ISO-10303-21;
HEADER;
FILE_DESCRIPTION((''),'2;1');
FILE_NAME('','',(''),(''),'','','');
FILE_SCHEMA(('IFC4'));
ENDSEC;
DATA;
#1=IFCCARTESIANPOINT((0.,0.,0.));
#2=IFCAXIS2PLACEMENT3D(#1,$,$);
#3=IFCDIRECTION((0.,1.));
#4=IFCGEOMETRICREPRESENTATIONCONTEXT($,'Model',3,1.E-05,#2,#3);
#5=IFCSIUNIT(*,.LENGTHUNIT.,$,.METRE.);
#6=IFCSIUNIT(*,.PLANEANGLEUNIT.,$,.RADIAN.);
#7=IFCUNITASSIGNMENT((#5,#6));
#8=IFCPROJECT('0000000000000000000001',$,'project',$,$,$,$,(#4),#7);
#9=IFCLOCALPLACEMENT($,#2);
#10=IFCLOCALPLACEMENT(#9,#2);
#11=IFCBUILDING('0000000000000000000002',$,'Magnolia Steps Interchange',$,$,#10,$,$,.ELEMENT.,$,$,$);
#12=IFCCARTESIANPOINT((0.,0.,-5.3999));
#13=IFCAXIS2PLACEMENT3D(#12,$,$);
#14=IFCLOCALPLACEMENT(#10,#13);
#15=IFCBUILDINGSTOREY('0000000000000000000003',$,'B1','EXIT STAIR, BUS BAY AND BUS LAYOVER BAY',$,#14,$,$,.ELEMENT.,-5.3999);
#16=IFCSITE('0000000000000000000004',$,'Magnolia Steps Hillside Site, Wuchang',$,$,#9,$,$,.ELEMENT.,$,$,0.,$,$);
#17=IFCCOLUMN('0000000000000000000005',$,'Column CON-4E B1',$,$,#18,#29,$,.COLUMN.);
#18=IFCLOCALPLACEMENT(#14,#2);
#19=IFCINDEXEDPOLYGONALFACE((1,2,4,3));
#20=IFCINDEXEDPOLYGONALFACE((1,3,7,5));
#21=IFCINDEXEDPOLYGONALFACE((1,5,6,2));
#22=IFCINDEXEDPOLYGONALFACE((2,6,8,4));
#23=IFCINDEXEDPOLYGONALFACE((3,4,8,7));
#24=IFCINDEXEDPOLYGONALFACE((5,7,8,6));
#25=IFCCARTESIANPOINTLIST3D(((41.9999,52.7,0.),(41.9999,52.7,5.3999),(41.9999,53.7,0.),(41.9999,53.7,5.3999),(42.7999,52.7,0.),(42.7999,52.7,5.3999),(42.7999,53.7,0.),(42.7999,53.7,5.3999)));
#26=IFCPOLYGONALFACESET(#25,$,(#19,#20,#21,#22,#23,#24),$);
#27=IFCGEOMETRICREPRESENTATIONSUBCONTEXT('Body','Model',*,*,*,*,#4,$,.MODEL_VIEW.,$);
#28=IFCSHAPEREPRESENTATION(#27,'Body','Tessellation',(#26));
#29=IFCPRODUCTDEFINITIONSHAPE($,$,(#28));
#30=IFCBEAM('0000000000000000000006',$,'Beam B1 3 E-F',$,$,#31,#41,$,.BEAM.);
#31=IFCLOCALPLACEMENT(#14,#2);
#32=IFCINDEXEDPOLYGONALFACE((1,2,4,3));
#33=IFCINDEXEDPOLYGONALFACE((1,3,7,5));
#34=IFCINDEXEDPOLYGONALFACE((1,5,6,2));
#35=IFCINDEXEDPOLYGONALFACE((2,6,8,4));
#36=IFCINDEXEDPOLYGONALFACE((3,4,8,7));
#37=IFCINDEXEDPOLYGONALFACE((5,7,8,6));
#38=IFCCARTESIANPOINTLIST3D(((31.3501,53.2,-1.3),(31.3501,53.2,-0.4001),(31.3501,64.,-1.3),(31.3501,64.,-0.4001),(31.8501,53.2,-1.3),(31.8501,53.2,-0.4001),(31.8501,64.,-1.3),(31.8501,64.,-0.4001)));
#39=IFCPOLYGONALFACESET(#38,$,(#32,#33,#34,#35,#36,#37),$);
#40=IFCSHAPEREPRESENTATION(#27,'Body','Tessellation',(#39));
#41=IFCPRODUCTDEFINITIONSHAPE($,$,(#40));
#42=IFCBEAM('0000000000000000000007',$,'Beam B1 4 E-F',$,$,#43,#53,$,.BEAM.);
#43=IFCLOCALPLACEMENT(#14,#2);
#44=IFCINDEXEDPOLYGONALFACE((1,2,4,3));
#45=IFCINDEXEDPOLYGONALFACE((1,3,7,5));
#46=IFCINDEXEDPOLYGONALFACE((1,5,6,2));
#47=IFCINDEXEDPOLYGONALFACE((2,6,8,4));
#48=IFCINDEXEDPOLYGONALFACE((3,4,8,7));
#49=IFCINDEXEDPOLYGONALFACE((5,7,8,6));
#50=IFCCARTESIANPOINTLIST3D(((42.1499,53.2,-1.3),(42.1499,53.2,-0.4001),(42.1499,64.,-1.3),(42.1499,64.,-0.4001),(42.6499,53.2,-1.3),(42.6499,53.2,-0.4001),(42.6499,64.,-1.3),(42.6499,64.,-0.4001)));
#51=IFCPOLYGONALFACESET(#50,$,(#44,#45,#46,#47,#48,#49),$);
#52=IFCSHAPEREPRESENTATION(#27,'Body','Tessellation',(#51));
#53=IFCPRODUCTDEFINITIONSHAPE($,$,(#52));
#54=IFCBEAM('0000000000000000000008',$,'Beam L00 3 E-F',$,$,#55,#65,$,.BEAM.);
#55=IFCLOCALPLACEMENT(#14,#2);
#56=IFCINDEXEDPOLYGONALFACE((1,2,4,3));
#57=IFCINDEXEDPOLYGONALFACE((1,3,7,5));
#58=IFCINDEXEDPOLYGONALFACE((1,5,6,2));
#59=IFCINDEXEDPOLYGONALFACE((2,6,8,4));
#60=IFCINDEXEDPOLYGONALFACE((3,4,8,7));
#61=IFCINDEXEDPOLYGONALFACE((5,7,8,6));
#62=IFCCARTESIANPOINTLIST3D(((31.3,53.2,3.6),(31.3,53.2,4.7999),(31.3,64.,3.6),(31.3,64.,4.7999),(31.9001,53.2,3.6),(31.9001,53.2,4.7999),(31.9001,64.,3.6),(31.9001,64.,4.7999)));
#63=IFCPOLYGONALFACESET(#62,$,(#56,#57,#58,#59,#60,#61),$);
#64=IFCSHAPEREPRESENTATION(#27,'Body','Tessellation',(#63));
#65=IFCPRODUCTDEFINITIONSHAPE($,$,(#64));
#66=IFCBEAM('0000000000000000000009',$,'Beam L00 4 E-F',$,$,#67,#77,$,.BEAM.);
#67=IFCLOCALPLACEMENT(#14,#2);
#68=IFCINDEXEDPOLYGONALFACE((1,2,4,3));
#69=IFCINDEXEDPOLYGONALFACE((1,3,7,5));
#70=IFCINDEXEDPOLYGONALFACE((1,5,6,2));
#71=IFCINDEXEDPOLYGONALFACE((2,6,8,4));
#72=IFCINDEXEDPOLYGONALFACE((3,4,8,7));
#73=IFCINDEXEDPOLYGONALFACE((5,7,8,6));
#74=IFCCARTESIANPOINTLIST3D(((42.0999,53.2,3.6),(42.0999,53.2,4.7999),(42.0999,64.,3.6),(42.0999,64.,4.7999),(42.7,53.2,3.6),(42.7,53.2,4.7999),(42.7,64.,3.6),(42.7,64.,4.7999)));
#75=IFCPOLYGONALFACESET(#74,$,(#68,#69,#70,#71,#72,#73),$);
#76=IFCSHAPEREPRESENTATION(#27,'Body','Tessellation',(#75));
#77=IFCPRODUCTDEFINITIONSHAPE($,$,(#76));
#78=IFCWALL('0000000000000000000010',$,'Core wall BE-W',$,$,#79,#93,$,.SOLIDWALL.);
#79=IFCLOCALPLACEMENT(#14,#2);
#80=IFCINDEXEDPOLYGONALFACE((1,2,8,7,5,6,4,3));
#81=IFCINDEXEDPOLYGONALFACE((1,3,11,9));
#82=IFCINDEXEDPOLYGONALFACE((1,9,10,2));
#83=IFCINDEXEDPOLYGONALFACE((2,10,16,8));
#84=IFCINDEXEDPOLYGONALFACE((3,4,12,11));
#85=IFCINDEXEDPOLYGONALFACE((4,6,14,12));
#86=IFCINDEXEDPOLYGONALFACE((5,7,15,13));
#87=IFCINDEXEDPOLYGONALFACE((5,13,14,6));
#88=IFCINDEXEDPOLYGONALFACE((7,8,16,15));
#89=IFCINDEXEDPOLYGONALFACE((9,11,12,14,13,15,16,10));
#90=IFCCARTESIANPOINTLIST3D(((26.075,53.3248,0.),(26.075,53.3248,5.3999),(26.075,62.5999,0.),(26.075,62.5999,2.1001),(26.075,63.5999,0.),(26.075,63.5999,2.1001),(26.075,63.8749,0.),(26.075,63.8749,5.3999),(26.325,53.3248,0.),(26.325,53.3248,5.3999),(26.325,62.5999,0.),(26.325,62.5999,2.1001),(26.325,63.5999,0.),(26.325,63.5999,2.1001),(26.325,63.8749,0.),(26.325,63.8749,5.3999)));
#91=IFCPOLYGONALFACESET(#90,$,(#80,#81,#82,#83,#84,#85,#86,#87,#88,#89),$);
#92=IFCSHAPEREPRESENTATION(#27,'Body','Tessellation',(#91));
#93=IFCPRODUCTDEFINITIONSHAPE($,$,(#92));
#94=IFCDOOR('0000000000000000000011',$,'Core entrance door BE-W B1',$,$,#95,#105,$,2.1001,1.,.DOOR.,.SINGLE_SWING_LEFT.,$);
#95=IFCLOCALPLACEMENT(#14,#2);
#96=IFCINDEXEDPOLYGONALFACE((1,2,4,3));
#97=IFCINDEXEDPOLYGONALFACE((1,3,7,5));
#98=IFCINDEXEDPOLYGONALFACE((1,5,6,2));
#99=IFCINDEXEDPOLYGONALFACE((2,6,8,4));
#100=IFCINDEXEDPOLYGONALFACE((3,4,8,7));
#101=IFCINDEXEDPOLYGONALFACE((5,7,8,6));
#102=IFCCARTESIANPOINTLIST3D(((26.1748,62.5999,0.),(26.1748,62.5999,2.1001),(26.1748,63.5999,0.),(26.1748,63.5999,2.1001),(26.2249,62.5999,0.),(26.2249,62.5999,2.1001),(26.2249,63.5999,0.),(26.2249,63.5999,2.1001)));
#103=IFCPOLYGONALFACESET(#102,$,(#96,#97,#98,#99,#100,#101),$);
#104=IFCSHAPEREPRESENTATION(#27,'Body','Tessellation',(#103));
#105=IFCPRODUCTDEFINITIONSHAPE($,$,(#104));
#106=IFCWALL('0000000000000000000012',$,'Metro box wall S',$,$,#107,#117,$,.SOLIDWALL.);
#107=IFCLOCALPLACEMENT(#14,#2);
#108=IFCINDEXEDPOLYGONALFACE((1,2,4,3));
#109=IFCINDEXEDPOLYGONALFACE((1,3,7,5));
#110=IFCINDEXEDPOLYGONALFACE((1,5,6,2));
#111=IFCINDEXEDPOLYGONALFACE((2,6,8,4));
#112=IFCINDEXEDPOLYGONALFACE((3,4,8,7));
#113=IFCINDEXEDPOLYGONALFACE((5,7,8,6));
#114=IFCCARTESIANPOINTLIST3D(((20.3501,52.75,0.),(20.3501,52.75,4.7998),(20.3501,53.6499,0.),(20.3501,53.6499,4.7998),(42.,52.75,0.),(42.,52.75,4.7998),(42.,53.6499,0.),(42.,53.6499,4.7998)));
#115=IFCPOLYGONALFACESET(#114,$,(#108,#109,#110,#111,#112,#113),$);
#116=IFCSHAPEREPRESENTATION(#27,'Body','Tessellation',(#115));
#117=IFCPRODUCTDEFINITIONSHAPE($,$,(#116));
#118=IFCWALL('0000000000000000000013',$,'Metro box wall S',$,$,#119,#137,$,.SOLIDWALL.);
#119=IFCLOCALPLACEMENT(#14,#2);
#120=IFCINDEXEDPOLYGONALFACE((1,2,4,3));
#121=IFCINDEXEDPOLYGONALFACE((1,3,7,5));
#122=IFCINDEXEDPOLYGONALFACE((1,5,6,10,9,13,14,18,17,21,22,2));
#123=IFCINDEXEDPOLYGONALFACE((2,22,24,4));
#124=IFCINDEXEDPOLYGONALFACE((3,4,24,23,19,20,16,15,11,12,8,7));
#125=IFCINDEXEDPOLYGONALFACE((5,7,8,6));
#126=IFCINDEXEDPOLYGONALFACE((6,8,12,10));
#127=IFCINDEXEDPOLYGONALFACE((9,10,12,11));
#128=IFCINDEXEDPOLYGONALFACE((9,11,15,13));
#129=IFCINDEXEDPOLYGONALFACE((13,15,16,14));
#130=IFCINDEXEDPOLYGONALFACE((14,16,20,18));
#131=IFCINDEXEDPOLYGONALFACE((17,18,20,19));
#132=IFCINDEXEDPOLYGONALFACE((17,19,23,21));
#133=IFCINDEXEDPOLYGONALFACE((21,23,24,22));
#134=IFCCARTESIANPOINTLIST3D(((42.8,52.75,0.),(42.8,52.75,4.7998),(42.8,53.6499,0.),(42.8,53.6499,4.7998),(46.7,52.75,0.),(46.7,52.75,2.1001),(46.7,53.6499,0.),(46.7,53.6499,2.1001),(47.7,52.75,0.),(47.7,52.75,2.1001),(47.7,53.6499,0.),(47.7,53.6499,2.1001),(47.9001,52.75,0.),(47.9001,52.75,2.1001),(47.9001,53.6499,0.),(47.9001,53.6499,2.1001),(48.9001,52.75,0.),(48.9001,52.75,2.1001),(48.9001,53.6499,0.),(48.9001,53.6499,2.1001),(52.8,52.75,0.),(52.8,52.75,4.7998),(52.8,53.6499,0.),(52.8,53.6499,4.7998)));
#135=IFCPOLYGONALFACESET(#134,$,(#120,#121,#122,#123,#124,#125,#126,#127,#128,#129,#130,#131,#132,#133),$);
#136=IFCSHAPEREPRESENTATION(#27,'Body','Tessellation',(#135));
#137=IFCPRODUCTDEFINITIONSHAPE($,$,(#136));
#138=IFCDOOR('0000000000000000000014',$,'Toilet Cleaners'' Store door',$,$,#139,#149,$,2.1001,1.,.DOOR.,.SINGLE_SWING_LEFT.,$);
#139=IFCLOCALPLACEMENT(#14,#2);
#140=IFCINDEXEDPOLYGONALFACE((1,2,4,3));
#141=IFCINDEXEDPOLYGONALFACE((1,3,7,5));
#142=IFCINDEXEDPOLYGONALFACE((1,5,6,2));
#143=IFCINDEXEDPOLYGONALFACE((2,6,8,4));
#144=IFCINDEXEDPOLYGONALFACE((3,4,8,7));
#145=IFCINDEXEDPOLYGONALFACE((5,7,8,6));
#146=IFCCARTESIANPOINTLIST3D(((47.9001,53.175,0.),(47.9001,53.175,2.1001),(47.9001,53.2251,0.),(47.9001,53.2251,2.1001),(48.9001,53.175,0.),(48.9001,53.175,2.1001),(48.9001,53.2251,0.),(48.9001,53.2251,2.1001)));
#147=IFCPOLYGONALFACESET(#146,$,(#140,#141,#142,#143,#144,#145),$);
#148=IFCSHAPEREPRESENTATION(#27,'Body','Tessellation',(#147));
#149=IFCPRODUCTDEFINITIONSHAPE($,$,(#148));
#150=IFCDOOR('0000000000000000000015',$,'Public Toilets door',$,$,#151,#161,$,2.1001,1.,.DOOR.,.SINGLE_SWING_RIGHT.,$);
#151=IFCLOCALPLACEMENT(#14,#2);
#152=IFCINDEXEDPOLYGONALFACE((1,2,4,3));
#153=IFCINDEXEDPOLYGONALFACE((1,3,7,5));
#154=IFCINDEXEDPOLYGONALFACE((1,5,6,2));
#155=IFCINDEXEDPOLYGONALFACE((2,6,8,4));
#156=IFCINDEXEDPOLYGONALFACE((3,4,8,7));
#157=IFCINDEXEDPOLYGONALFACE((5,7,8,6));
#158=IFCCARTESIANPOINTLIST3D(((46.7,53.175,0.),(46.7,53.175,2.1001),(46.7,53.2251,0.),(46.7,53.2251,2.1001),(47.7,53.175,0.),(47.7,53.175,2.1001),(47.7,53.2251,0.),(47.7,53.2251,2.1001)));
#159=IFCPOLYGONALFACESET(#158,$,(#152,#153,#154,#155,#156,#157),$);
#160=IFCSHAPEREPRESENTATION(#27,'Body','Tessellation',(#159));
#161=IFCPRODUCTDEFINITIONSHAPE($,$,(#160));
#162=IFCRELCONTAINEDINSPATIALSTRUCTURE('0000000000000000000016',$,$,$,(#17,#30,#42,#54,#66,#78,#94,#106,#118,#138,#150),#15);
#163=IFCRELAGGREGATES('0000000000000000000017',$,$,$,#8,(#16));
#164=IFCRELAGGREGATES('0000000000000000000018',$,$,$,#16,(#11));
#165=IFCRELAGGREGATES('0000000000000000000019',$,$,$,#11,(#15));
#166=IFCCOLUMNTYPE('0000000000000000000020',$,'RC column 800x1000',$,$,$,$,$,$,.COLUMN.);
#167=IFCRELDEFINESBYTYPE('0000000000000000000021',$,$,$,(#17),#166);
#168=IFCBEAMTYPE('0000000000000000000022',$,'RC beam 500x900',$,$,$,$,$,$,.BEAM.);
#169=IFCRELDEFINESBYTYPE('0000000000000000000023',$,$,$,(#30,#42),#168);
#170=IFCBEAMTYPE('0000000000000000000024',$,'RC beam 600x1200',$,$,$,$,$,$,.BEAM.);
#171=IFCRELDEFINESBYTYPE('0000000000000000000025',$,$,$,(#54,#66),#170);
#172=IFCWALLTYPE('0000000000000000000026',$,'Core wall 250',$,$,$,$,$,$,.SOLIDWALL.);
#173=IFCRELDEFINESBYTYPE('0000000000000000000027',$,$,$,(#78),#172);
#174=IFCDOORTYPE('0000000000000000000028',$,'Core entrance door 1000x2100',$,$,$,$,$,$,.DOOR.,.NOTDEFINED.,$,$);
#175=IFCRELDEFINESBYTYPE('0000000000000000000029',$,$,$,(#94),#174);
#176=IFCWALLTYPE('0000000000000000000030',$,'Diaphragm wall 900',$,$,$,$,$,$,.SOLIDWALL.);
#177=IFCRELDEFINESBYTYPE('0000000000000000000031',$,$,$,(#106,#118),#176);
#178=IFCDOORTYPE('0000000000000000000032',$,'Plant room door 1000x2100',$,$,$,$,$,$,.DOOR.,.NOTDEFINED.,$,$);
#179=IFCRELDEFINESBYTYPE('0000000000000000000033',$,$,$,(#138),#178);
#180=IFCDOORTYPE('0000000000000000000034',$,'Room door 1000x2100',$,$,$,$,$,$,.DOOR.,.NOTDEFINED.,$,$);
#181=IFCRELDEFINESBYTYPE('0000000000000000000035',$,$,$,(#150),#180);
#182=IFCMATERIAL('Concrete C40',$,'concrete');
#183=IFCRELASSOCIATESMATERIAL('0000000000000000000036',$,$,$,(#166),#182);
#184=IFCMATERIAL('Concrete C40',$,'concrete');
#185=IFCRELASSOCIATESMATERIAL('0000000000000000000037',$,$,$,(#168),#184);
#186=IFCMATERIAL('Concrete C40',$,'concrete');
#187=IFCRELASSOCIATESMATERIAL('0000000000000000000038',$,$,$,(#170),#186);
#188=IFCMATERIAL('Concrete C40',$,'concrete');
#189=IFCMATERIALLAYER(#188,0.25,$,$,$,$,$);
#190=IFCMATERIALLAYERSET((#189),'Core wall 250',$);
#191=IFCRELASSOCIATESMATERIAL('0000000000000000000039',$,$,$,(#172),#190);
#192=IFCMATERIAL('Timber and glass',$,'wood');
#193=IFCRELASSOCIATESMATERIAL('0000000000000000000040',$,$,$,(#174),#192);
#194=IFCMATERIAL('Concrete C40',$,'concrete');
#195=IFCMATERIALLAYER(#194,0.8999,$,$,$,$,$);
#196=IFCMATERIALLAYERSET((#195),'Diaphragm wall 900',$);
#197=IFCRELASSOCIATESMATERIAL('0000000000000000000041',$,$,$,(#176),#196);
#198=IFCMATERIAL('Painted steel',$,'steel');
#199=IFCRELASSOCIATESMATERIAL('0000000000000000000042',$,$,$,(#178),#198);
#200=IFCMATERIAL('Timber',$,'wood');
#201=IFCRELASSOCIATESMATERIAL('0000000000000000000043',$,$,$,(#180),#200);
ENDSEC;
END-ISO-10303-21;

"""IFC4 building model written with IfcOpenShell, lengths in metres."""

from ifc_helpers import new_model, si_unit, direction, frame, frame_2d, origin, origin_2d, place, context, subcontext, project, spatial, rectangle, extrude, material, layer, layer_set, material_profile, profile_set, type_object, element, fill, save


model = new_model("IFC4")

# Units and contexts
model_context = context("Model", 3, precision=1e-05, world=origin(), true_north=direction((0.0, 1.0)))
body_context = subcontext(model_context, "Body", "Model", "MODEL_VIEW")
ifc_project = project(units=[si_unit("LENGTHUNIT", "METRE"), si_unit("PLANEANGLEUNIT", "RADIAN")], contexts=[model_context])

# Site, building, storey
site_placement = place(None, origin())
site = spatial("IfcSite", under=ifc_project, at=site_placement, Name="Magnolia Steps Hillside Site, Wuchang", CompositionType="ELEMENT", RefElevation=0.0)
building_placement = place(site_placement, origin())
building = spatial("IfcBuilding", under=site, at=building_placement, Name="Magnolia Steps Interchange", CompositionType="ELEMENT")
storey_placement = place(building_placement, frame((0.0, 0.0, -5.3999)))
storey = spatial("IfcBuildingStorey", under=building, at=storey_placement, Name="B1", Description="EXIT STAIR, BUS BAY AND BUS LAYOVER BAY", CompositionType="ELEMENT", Elevation=-5.3999)

# Column
ifc_material_1 = material(Name="Concrete C40", Category="concrete")
ifc_material_profile_1 = material_profile(ifc_material_1, rectangle(XDim=0.8, YDim=1.0, at=origin_2d()), Name="RC800x1000")
ifc_profile_set_1 = profile_set([ifc_material_profile_1], Name="Concrete C40")
column_type = type_object("IfcColumnType", Name="RC column 800x1000", PredefinedType="COLUMN", material=ifc_profile_set_1)
column_placement = place(storey_placement, frame((42.3999, 53.2, 0.0), z_axis=(0.0, 0.0, 1.0), x_axis=(1.0, 0.0, 0.0)))
element("IfcColumn", 1, at=column_placement, inside=storey, type_object=column_type, Name="Column CON-4E B1", PredefinedType="COLUMN", context=body_context, shape_type="SweptSolid", body=[
    extrude(rectangle(XDim=0.8, YDim=1.0, at=origin_2d()), origin(), (0.0, 0.0, 1.0), 5.3999),
])

# Beams
ifc_material_2 = material(Name="Concrete C40", Category="concrete")
ifc_material_profile_2 = material_profile(ifc_material_2, rectangle(XDim=0.5, YDim=0.8999, at=origin_2d()), Name="RC500x900")
ifc_profile_set_2 = profile_set([ifc_material_profile_2], Name="Concrete C40")
beam_type_1 = type_object("IfcBeamType", Name="RC beam 500x900", PredefinedType="BEAM", material=ifc_profile_set_2)
for number, where, z_axis, x_axis, name in (
    (2, (31.6001, 53.2, -0.8501), (0.0, 1.0, 0.0), (-1.0, 0.0, 0.0), "Beam B1 3 E-F"),
    (3, (42.3999, 53.2, -0.8501), (0.0, 1.0, 0.0), (-1.0, 0.0, 0.0), "Beam B1 4 E-F"),
):
    element("IfcBeam", number, at=place(storey_placement, frame(where, z_axis=z_axis, x_axis=x_axis)), inside=storey, type_object=beam_type_1, Name=name, PredefinedType="BEAM", context=body_context, shape_type="SweptSolid", body=[
        extrude(rectangle(XDim=0.5, YDim=0.8999, at=origin_2d()), origin(), (0.0, 0.0, 1.0), 10.8),
    ])
ifc_material_3 = material(Name="Concrete C40", Category="concrete")
ifc_material_profile_3 = material_profile(ifc_material_3, rectangle(XDim=0.6001, YDim=1.2, at=origin_2d()), Name="RC600x1200")
ifc_profile_set_3 = profile_set([ifc_material_profile_3], Name="Concrete C40")
beam_type_2 = type_object("IfcBeamType", Name="RC beam 600x1200", PredefinedType="BEAM", material=ifc_profile_set_3)
for number, where, z_axis, x_axis, name in (
    (4, (31.6001, 53.2, 4.2), (0.0, 1.0, 0.0), (-1.0, 0.0, 0.0), "Beam L00 3 E-F"),
    (5, (42.3999, 53.2, 4.2), (0.0, 1.0, 0.0), (-1.0, 0.0, 0.0), "Beam L00 4 E-F"),
):
    element("IfcBeam", number, at=place(storey_placement, frame(where, z_axis=z_axis, x_axis=x_axis)), inside=storey, type_object=beam_type_2, Name=name, PredefinedType="BEAM", context=body_context, shape_type="SweptSolid", body=[
        extrude(rectangle(XDim=0.6001, YDim=1.2, at=origin_2d()), origin(), (0.0, 0.0, 1.0), 10.8),
    ])

# Wall, opening, door
ifc_material_4 = material(Name="Concrete C40", Category="concrete")
ifc_layer_1 = layer(ifc_material_4, 0.25)
ifc_layer_set_1 = layer_set([ifc_layer_1], Name="Core wall 250")
wall_type_1 = type_object("IfcWallType", Name="Core wall 250", PredefinedType="SOLIDWALL", material=ifc_layer_set_1)
wall_1_placement = place(storey_placement, frame((26.2, 53.325, 0.0), z_axis=(0.0, 0.0, 1.0), x_axis=(0.0, 1.0, 0.0)))
wall_1 = element("IfcWall", 6, at=wall_1_placement, inside=storey, type_object=wall_type_1, Name="Core wall BE-W", PredefinedType="SOLIDWALL", context=body_context, shape_type="SweptSolid", body=[
    extrude(rectangle(XDim=10.55, YDim=0.25, at=frame_2d((5.2749, 0.0))), origin(), (0.0, 0.0, 1.0), 5.3999),
])
opening_1_placement = place(wall_1_placement, frame((9.2749, 0.0, 0.0)))
opening_1 = element("IfcOpeningElement", 7, at=opening_1_placement, cuts=wall_1, PredefinedType="OPENING", context=body_context, shape_type="SweptSolid", body=[
    extrude(rectangle(XDim=1.0, YDim=2.1001, at=frame_2d((0.5, 1.05))), frame((0.0, 0.135, 0.0), z_axis=(0.0, -1.0, 0.0), x_axis=(1.0, 0.0, 0.0)), (0.0, 0.0, 1.0), 0.27),
])
ifc_material_5 = material(Name="Timber and glass", Category="wood")
door_type_1 = type_object("IfcDoorType", Name="Core entrance door 1000x2100", OperationType="NOTDEFINED", PredefinedType="DOOR", material=ifc_material_5)
door_1_placement = place(opening_1_placement, frame((1.0, 0.0, 0.0), z_axis=(0.0, 0.0, 1.0), x_axis=(-1.0, 0.0, 0.0)))
door_1 = element("IfcDoor", 8, at=door_1_placement, inside=storey, type_object=door_type_1, Name="Core entrance door BE-W B1", OperationType="SINGLE_SWING_LEFT", OverallHeight=2.1001, OverallWidth=1.0, PredefinedType="DOOR", context=body_context, shape_type="SweptSolid", body=[
    extrude(rectangle(XDim=1.0, YDim=2.1001, at=frame_2d((0.5, 1.05))), frame((0.0, 0.0249, 0.0), z_axis=(0.0, -1.0, 0.0), x_axis=(1.0, 0.0, 0.0)), (0.0, 0.0, 1.0), 0.05),
])
fill(opening_1, door_1)

# Wall
ifc_material_6 = material(Name="Concrete C40", Category="concrete")
ifc_layer_2 = layer(ifc_material_6, 0.8999)
ifc_layer_set_2 = layer_set([ifc_layer_2], Name="Diaphragm wall 900")
wall_type_2 = type_object("IfcWallType", Name="Diaphragm wall 900", PredefinedType="SOLIDWALL", material=ifc_layer_set_2)
wall_2_placement = place(storey_placement, frame((20.3501, 53.2, 0.0), z_axis=(0.0, 0.0, 1.0), x_axis=(1.0, 0.0, 0.0)))
element("IfcWall", 9, at=wall_2_placement, inside=storey, type_object=wall_type_2, Name="Metro box wall S", PredefinedType="SOLIDWALL", context=body_context, shape_type="SweptSolid", body=[
    extrude(rectangle(XDim=21.6499, YDim=0.8999, at=frame_2d((10.825, 0.0))), origin(), (0.0, 0.0, 1.0), 4.7998),
])

# Wall, openings, doors
wall_3_placement = place(storey_placement, frame((42.8, 53.2, 0.0), z_axis=(0.0, 0.0, 1.0), x_axis=(1.0, 0.0, 0.0)))
wall_3 = element("IfcWall", 10, at=wall_3_placement, inside=storey, type_object=wall_type_2, Name="Metro box wall S", PredefinedType="SOLIDWALL", context=body_context, shape_type="SweptSolid", body=[
    extrude(rectangle(XDim=10.0, YDim=0.8999, at=frame_2d((5.0, 0.0))), origin(), (0.0, 0.0, 1.0), 4.7998),
])
opening_2_placement = place(wall_3_placement, frame((3.8999, 0.0, 0.0)))
opening_2 = element("IfcOpeningElement", 11, at=opening_2_placement, cuts=wall_3, PredefinedType="OPENING", context=body_context, shape_type="SweptSolid", body=[
    extrude(rectangle(XDim=1.0, YDim=2.1001, at=frame_2d((0.5, 1.05))), frame((0.0, 0.46, 0.0), z_axis=(0.0, -1.0, 0.0), x_axis=(1.0, 0.0, 0.0)), (0.0, 0.0, 1.0), 0.9199),
])
opening_3_placement = place(wall_3_placement, frame((5.1001, 0.0, 0.0)))
opening_3 = element("IfcOpeningElement", 12, at=opening_3_placement, cuts=wall_3, PredefinedType="OPENING", context=body_context, shape_type="SweptSolid", body=[
    extrude(rectangle(XDim=1.0, YDim=2.1001, at=frame_2d((0.5, 1.05))), frame((0.0, 0.46, 0.0), z_axis=(0.0, -1.0, 0.0), x_axis=(1.0, 0.0, 0.0)), (0.0, 0.0, 1.0), 0.9199),
])
ifc_material_7 = material(Name="Painted steel", Category="steel")
door_type_2 = type_object("IfcDoorType", Name="Plant room door 1000x2100", OperationType="NOTDEFINED", PredefinedType="DOOR", material=ifc_material_7)
door_2_placement = place(opening_3_placement, frame((1.0, 0.0, 0.0), z_axis=(0.0, 0.0, 1.0), x_axis=(-1.0, 0.0, 0.0)))
door_2 = element("IfcDoor", 13, at=door_2_placement, inside=storey, type_object=door_type_2, Name="Toilet Cleaners' Store door", OperationType="SINGLE_SWING_LEFT", OverallHeight=2.1001, OverallWidth=1.0, PredefinedType="DOOR", context=body_context, shape_type="SweptSolid", body=[
    extrude(rectangle(XDim=1.0, YDim=2.1001, at=frame_2d((0.5, 1.05))), frame((0.0, 0.0249, 0.0), z_axis=(0.0, -1.0, 0.0), x_axis=(1.0, 0.0, 0.0)), (0.0, 0.0, 1.0), 0.05),
])
fill(opening_3, door_2)
ifc_material_8 = material(Name="Timber", Category="wood")
door_type_3 = type_object("IfcDoorType", Name="Room door 1000x2100", OperationType="NOTDEFINED", PredefinedType="DOOR", material=ifc_material_8)
door_3_placement = place(opening_2_placement, frame((1.0, 0.0, 0.0), z_axis=(0.0, 0.0, 1.0), x_axis=(-1.0, 0.0, 0.0)))
door_3 = element("IfcDoor", 14, at=door_3_placement, inside=storey, type_object=door_type_3, Name="Public Toilets door", OperationType="SINGLE_SWING_RIGHT", OverallHeight=2.1001, OverallWidth=1.0, PredefinedType="DOOR", context=body_context, shape_type="SweptSolid", body=[
    extrude(rectangle(XDim=1.0, YDim=2.1001, at=frame_2d((0.5, 1.05))), frame((0.0, 0.0249, 0.0), z_axis=(0.0, -1.0, 0.0), x_axis=(1.0, 0.0, 0.0)), (0.0, 0.0, 1.0), 0.05),
])
fill(opening_2, door_3)

save(model, "model.ifc")
